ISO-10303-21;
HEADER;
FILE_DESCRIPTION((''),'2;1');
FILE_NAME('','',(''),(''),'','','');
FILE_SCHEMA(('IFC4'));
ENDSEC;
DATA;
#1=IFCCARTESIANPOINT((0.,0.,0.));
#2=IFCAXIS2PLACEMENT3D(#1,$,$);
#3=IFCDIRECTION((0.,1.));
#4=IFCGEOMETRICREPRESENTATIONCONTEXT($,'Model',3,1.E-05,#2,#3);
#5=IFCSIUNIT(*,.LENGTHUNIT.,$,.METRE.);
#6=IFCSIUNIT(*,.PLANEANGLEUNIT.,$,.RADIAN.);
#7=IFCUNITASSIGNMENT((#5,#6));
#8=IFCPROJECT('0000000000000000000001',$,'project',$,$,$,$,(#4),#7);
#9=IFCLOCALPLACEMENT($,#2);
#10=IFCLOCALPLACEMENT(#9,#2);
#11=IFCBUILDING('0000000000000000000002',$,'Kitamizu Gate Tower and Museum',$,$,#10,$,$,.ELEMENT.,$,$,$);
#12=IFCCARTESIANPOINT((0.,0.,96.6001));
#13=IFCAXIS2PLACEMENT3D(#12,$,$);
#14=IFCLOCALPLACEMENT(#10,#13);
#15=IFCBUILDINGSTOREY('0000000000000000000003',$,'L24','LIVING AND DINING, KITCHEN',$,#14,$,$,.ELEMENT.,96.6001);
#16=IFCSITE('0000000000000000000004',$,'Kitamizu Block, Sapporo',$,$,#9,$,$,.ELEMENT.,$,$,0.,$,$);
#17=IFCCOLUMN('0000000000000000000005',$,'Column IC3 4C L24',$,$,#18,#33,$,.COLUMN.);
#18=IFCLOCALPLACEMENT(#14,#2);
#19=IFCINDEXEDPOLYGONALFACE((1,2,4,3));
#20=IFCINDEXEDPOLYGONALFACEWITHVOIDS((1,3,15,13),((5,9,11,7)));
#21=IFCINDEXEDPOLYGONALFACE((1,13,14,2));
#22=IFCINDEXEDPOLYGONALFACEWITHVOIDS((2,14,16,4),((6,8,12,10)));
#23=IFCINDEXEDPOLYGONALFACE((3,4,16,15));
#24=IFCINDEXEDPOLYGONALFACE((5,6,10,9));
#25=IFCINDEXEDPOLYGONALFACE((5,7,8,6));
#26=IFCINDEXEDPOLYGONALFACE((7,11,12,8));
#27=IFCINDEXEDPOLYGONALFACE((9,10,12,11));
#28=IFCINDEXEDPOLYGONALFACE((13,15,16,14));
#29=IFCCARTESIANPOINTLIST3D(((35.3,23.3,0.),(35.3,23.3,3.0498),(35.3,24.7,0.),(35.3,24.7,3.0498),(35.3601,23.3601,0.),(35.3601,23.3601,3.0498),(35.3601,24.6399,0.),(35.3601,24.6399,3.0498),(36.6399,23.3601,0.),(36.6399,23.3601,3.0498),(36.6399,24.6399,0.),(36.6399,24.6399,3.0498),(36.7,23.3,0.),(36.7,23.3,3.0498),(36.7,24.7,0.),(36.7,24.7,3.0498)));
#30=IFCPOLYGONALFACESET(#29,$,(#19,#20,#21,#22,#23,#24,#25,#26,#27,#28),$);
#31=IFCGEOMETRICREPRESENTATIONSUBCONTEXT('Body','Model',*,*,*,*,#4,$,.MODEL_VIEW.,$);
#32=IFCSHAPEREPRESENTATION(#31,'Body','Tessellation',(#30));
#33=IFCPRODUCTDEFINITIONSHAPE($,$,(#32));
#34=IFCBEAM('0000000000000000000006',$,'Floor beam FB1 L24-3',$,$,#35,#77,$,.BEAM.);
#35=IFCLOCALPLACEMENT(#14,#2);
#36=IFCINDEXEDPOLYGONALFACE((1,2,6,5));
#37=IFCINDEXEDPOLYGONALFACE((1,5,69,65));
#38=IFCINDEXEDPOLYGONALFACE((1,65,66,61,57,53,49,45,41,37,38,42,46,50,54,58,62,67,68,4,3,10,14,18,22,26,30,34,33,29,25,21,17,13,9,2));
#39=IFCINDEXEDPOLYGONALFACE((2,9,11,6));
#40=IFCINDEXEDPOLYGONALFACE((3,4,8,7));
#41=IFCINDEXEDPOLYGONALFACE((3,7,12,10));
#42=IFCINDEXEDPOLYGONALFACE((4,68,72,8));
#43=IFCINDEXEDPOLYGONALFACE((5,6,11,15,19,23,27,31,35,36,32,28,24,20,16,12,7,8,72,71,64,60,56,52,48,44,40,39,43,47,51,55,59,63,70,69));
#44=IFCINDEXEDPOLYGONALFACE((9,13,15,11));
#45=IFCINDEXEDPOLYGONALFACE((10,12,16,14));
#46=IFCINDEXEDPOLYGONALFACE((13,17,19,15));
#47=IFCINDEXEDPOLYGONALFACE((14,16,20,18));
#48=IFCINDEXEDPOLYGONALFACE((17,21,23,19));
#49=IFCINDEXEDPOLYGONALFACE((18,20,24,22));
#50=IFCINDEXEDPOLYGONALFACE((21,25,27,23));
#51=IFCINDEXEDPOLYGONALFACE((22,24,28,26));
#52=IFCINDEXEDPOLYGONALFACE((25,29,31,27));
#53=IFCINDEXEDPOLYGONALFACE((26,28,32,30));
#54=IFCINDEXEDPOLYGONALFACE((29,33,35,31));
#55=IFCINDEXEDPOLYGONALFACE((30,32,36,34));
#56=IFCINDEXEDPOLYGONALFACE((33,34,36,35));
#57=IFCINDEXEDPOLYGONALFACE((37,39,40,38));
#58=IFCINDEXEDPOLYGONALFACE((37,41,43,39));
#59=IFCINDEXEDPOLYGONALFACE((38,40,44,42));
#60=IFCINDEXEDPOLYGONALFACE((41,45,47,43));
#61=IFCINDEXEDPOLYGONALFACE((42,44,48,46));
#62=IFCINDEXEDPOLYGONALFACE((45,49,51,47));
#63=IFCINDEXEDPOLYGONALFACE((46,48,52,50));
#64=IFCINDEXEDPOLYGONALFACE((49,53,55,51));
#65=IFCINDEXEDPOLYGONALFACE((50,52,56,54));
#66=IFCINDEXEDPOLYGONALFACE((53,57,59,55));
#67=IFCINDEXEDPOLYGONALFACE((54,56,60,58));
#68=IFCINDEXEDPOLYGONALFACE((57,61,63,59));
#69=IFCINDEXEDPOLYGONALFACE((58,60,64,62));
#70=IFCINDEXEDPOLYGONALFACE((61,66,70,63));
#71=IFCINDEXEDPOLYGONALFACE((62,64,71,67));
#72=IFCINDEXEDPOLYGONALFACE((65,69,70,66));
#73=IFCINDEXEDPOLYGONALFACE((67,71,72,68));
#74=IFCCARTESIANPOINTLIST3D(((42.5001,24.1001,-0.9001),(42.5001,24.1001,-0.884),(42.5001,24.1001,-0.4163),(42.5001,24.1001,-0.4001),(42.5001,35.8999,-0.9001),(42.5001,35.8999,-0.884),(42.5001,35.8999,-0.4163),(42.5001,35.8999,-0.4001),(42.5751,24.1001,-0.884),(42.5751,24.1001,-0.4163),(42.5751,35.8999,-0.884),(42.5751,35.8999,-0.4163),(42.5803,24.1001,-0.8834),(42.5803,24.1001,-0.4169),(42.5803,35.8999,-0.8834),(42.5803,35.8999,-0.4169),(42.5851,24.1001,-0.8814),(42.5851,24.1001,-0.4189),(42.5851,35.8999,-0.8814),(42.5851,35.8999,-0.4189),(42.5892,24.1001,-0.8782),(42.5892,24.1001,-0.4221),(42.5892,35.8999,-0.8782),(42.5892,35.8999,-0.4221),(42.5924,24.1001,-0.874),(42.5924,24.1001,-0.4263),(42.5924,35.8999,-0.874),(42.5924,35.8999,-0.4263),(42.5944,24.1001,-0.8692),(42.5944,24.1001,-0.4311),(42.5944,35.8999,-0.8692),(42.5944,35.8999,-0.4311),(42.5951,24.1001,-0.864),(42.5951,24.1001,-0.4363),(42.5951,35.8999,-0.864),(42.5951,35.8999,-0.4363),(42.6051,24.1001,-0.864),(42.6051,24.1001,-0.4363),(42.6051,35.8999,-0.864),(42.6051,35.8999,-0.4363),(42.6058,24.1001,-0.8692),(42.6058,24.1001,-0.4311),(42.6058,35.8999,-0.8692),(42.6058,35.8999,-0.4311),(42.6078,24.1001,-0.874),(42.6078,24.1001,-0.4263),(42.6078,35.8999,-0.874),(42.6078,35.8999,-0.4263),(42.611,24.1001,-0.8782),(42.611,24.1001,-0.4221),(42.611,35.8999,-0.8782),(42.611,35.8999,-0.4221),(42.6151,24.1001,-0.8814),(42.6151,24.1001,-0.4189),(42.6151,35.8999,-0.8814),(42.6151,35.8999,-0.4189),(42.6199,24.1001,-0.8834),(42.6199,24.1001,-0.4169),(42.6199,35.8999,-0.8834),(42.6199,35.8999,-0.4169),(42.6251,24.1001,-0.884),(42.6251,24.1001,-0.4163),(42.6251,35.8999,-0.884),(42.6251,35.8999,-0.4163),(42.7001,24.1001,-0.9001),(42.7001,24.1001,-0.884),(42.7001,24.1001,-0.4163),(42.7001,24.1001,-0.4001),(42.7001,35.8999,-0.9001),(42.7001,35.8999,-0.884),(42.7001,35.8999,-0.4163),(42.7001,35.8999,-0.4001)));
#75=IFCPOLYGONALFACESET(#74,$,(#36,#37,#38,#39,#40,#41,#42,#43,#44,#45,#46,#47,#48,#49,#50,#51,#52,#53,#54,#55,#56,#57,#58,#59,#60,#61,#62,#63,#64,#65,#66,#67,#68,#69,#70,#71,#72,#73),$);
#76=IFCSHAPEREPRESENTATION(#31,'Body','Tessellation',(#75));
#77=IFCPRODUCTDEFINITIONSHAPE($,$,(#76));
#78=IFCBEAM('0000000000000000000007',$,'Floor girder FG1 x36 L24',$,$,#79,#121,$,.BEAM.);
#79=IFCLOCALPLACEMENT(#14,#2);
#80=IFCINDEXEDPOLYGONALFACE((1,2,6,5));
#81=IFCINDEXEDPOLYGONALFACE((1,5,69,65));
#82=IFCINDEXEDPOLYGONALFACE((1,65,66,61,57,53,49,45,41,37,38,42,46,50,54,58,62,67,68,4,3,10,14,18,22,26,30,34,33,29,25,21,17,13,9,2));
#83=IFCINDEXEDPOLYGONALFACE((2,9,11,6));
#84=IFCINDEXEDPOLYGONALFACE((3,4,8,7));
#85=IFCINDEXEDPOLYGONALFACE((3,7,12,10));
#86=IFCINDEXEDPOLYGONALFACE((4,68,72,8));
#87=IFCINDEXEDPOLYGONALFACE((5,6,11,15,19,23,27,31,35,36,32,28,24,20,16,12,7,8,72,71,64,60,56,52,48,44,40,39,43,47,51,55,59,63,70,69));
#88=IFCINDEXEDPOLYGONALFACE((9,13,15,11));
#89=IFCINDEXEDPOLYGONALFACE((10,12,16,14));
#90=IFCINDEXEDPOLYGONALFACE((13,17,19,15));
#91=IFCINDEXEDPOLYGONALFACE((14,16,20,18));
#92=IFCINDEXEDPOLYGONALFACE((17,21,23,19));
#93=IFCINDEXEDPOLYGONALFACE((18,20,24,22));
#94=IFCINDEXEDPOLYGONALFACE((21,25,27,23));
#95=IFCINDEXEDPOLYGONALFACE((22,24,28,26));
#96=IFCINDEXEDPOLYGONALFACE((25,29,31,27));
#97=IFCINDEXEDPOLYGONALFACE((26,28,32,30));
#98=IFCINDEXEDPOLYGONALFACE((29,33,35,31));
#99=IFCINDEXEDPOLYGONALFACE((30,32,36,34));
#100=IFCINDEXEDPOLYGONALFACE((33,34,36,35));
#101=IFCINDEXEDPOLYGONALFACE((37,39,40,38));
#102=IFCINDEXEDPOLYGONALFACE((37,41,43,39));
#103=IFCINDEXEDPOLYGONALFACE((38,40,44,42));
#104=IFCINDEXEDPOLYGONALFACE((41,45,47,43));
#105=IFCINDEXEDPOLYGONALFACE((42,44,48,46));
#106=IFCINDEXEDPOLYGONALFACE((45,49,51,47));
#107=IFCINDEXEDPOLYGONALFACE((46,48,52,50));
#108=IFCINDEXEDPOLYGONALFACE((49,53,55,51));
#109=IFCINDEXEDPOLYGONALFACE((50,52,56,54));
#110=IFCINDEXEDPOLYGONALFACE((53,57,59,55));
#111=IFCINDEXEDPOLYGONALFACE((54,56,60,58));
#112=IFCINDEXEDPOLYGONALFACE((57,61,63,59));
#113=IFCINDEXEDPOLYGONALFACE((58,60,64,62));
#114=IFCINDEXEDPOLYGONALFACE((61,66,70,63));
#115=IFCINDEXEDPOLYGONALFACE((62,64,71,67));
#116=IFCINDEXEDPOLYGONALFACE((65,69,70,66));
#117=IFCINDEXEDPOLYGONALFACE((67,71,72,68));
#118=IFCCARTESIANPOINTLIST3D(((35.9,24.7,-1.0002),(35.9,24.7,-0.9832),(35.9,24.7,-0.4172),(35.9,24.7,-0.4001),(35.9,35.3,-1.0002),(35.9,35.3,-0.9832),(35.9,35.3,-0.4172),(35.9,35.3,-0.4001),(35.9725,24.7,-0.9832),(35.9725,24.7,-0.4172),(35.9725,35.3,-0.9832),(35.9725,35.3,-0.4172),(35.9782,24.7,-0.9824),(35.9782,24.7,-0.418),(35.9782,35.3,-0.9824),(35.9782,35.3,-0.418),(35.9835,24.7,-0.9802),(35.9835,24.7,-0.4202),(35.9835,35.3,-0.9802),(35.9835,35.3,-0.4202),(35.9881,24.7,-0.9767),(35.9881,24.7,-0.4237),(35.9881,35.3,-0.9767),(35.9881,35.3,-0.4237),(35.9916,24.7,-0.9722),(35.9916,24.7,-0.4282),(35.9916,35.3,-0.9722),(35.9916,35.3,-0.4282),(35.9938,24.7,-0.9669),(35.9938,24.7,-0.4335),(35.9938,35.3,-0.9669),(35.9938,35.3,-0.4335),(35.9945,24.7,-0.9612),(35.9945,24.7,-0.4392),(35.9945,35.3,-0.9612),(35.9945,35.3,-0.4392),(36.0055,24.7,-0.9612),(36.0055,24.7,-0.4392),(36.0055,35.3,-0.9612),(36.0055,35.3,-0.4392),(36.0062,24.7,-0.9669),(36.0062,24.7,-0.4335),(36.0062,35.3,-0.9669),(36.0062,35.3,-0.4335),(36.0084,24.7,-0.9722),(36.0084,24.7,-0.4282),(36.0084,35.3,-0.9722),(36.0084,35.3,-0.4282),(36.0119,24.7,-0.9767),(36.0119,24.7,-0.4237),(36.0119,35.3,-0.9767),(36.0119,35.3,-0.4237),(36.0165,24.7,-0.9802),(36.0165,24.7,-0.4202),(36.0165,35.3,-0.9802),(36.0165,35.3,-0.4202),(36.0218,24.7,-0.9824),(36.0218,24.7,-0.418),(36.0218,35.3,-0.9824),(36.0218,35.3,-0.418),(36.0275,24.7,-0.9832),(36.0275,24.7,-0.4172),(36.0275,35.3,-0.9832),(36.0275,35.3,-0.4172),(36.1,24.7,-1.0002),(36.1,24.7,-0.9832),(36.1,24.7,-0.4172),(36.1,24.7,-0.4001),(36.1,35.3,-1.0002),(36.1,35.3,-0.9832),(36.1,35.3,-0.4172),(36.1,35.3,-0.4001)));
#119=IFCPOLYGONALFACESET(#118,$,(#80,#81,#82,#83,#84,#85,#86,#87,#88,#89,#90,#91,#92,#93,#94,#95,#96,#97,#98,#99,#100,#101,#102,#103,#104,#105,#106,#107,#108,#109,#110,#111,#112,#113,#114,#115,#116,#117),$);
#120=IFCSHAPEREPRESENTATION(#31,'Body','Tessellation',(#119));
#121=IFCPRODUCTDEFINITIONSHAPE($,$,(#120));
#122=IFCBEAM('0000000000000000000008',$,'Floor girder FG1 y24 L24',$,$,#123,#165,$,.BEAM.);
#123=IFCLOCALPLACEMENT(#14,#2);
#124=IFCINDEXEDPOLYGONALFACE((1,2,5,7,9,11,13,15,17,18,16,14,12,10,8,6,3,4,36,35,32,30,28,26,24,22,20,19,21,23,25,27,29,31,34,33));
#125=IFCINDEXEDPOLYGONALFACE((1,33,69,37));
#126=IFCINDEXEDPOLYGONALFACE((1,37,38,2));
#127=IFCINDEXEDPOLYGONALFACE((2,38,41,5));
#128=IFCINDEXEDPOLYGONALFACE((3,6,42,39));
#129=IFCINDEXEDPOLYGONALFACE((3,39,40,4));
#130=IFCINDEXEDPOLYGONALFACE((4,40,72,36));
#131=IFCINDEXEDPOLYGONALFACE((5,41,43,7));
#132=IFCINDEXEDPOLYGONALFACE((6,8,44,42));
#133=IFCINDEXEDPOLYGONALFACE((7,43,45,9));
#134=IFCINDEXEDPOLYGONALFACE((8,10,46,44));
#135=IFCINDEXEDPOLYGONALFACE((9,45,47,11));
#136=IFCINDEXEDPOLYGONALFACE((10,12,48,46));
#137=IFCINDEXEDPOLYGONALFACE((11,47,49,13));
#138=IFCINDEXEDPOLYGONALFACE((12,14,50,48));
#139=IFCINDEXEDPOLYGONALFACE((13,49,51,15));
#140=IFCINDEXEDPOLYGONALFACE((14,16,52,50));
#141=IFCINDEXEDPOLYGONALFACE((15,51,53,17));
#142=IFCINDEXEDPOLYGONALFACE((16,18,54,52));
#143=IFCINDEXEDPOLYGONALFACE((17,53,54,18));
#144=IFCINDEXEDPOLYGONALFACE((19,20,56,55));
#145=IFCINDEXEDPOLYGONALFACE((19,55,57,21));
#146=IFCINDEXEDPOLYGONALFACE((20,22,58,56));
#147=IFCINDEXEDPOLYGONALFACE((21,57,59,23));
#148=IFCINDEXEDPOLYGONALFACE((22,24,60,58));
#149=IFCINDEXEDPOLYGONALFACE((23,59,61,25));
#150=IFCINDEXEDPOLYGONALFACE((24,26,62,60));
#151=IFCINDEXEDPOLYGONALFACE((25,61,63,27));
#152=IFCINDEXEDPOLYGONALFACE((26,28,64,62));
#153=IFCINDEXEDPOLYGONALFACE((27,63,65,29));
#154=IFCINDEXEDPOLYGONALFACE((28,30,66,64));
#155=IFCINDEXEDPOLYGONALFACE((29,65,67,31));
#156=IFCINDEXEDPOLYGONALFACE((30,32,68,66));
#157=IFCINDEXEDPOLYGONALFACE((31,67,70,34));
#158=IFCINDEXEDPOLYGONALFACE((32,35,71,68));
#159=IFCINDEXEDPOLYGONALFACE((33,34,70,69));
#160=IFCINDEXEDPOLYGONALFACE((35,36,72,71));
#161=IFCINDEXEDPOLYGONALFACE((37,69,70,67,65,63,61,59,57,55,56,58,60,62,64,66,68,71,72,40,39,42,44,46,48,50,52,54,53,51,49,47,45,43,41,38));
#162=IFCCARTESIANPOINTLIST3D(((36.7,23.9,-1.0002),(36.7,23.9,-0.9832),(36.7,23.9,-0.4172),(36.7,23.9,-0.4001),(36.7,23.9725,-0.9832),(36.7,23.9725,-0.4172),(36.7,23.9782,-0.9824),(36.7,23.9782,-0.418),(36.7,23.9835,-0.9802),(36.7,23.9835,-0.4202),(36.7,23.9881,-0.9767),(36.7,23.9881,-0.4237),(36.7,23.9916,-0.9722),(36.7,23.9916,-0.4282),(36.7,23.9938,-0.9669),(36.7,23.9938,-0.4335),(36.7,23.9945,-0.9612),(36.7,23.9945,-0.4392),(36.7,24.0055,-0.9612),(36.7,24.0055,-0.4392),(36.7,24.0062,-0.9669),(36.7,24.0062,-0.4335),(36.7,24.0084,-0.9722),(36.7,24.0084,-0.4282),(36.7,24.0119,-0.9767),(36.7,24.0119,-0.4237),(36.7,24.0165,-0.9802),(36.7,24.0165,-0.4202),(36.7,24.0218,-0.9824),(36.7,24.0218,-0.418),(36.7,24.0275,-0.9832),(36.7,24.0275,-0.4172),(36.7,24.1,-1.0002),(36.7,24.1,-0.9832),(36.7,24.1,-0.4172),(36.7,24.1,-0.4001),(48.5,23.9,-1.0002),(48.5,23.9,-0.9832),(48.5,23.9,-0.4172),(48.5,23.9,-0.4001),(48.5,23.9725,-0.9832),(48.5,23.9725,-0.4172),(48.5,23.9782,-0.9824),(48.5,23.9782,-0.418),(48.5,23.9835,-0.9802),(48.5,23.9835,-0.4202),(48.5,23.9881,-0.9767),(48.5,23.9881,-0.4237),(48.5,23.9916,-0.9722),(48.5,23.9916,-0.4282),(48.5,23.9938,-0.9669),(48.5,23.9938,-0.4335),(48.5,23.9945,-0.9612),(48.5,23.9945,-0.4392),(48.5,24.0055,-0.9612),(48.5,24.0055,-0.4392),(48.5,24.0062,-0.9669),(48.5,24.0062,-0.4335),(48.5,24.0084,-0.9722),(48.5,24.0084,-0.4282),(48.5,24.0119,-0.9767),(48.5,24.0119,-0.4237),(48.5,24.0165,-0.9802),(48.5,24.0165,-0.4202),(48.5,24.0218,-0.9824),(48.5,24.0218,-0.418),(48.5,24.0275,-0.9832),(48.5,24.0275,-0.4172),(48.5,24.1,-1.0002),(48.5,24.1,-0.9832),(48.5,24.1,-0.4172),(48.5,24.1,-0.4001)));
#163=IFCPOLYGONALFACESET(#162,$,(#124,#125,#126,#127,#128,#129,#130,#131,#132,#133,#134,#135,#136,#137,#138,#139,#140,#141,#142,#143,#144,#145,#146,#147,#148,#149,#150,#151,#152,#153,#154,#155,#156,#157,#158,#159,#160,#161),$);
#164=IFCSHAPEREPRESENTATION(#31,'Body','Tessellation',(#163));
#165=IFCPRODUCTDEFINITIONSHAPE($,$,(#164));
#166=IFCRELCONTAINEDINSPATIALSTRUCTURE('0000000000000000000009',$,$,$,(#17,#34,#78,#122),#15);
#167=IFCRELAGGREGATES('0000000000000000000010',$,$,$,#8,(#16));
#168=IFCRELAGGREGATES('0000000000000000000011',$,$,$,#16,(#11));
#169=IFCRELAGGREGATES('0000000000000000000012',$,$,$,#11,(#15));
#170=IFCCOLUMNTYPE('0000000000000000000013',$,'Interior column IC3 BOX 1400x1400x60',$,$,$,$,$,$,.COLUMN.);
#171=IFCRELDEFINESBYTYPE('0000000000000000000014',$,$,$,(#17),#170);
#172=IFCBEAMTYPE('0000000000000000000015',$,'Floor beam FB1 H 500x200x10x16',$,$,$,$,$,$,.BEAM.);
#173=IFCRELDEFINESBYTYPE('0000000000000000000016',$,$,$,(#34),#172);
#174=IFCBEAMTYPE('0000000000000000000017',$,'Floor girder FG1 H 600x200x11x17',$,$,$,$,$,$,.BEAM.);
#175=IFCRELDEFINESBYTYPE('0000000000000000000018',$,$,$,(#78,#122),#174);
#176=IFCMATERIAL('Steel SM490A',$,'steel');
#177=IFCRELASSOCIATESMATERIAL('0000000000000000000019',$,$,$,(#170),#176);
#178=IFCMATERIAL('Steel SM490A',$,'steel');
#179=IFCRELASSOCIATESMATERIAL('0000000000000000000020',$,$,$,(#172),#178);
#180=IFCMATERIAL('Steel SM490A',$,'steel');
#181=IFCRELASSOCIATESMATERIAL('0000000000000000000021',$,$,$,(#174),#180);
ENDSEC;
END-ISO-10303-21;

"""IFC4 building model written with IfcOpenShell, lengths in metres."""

from ifc_helpers import new_model, si_unit, direction, frame, origin, origin_2d, place, context, subcontext, project, spatial, hollow_rectangle, i_section, extrude, material, material_profile, profile_set, type_object, element, save


model = new_model("IFC4")

# Units and contexts
model_context = context("Model", 3, precision=1e-05, world=origin(), true_north=direction((0.0, 1.0)))
body_context = subcontext(model_context, "Body", "Model", "MODEL_VIEW")
ifc_project = project(units=[si_unit("LENGTHUNIT", "METRE"), si_unit("PLANEANGLEUNIT", "RADIAN")], contexts=[model_context])

# Site, building, storey
site_placement = place(None, origin())
site = spatial("IfcSite", under=ifc_project, at=site_placement, Name="Kitamizu Block, Sapporo", CompositionType="ELEMENT", RefElevation=0.0)
building_placement = place(site_placement, origin())
building = spatial("IfcBuilding", under=site, at=building_placement, Name="Kitamizu Gate Tower and Museum", CompositionType="ELEMENT")
storey_placement = place(building_placement, frame((0.0, 0.0, 96.6001)))
storey = spatial("IfcBuildingStorey", under=building, at=storey_placement, Name="L24", Description="LIVING AND DINING, KITCHEN", CompositionType="ELEMENT", Elevation=96.6001)

# Column
ifc_material_1 = material(Name="Steel SM490A", Category="steel")
ifc_material_profile_1 = material_profile(ifc_material_1, hollow_rectangle(XDim=1.3999, YDim=1.3999, WallThickness=0.0601, at=origin_2d()), Name="BOX 1400x1400x60")
ifc_profile_set_1 = profile_set([ifc_material_profile_1], Name="Steel SM490A")
column_type = type_object("IfcColumnType", Name="Interior column IC3 BOX 1400x1400x60", PredefinedType="COLUMN", material=ifc_profile_set_1)
column_placement = place(storey_placement, frame((36.0, 24.0, 0.0), z_axis=(0.0, 0.0, 1.0), x_axis=(1.0, 0.0, 0.0)))
element("IfcColumn", 1, at=column_placement, inside=storey, type_object=column_type, Name="Column IC3 4C L24", PredefinedType="COLUMN", context=body_context, shape_type="SweptSolid", body=[
    extrude(hollow_rectangle(XDim=1.3999, YDim=1.3999, WallThickness=0.0601, at=origin_2d()), origin(), (0.0, 0.0, 1.0), 3.0498),
])

# Beams
ifc_material_2 = material(Name="Steel SM490A", Category="steel")
ifc_material_profile_2 = material_profile(ifc_material_2, i_section(OverallWidth=0.2, OverallDepth=0.5, WebThickness=0.01, FlangeThickness=0.0161, FilletRadius=0.02, at=origin_2d()), Name="H-500x200x10x16")
ifc_profile_set_2 = profile_set([ifc_material_profile_2], Name="Steel SM490A")
beam_type_1 = type_object("IfcBeamType", Name="Floor beam FB1 H 500x200x10x16", PredefinedType="BEAM", material=ifc_profile_set_2)
beam_1_placement = place(storey_placement, frame((42.6001, 24.1001, -0.6501), z_axis=(0.0, 1.0, 0.0), x_axis=(-1.0, 0.0, 0.0)))
element("IfcBeam", 2, at=beam_1_placement, inside=storey, type_object=beam_type_1, Name="Floor beam FB1 L24-3", PredefinedType="BEAM", context=body_context, shape_type="SweptSolid", body=[
    extrude(i_section(OverallWidth=0.2, OverallDepth=0.5, WebThickness=0.01, FlangeThickness=0.0161, FilletRadius=0.02, at=origin_2d()), origin(), (0.0, 0.0, 1.0), 11.7998),
])
ifc_material_3 = material(Name="Steel SM490A", Category="steel")
ifc_material_profile_3 = material_profile(ifc_material_3, i_section(OverallWidth=0.2, OverallDepth=0.6001, WebThickness=0.011, FlangeThickness=0.0171, FilletRadius=0.022, at=origin_2d()), Name="H-600x200x11x17")
ifc_profile_set_3 = profile_set([ifc_material_profile_3], Name="Steel SM490A")
beam_type_2 = type_object("IfcBeamType", Name="Floor girder FG1 H 600x200x11x17", PredefinedType="BEAM", material=ifc_profile_set_3)
beam_2_placement = place(storey_placement, frame((36.0, 24.7, -0.7002), z_axis=(0.0, 1.0, 0.0), x_axis=(-1.0, 0.0, 0.0)))
element("IfcBeam", 3, at=beam_2_placement, inside=storey, type_object=beam_type_2, Name="Floor girder FG1 x36 L24", PredefinedType="BEAM", context=body_context, shape_type="SweptSolid", body=[
    extrude(i_section(OverallWidth=0.2, OverallDepth=0.6001, WebThickness=0.011, FlangeThickness=0.0171, FilletRadius=0.022, at=origin_2d()), origin(), (0.0, 0.0, 1.0), 10.6001),
])
beam_3_placement = place(storey_placement, frame((36.7, 24.0, -0.7002), z_axis=(1.0, 0.0, 0.0), x_axis=(0.0, 1.0, 0.0)))
element("IfcBeam", 4, at=beam_3_placement, inside=storey, type_object=beam_type_2, Name="Floor girder FG1 y24 L24", PredefinedType="BEAM", context=body_context, shape_type="SweptSolid", body=[
    extrude(i_section(OverallWidth=0.2, OverallDepth=0.6001, WebThickness=0.011, FlangeThickness=0.0171, FilletRadius=0.022, at=origin_2d()), origin(), (0.0, 0.0, 1.0), 11.8),
])

save(model, "model.ifc")
